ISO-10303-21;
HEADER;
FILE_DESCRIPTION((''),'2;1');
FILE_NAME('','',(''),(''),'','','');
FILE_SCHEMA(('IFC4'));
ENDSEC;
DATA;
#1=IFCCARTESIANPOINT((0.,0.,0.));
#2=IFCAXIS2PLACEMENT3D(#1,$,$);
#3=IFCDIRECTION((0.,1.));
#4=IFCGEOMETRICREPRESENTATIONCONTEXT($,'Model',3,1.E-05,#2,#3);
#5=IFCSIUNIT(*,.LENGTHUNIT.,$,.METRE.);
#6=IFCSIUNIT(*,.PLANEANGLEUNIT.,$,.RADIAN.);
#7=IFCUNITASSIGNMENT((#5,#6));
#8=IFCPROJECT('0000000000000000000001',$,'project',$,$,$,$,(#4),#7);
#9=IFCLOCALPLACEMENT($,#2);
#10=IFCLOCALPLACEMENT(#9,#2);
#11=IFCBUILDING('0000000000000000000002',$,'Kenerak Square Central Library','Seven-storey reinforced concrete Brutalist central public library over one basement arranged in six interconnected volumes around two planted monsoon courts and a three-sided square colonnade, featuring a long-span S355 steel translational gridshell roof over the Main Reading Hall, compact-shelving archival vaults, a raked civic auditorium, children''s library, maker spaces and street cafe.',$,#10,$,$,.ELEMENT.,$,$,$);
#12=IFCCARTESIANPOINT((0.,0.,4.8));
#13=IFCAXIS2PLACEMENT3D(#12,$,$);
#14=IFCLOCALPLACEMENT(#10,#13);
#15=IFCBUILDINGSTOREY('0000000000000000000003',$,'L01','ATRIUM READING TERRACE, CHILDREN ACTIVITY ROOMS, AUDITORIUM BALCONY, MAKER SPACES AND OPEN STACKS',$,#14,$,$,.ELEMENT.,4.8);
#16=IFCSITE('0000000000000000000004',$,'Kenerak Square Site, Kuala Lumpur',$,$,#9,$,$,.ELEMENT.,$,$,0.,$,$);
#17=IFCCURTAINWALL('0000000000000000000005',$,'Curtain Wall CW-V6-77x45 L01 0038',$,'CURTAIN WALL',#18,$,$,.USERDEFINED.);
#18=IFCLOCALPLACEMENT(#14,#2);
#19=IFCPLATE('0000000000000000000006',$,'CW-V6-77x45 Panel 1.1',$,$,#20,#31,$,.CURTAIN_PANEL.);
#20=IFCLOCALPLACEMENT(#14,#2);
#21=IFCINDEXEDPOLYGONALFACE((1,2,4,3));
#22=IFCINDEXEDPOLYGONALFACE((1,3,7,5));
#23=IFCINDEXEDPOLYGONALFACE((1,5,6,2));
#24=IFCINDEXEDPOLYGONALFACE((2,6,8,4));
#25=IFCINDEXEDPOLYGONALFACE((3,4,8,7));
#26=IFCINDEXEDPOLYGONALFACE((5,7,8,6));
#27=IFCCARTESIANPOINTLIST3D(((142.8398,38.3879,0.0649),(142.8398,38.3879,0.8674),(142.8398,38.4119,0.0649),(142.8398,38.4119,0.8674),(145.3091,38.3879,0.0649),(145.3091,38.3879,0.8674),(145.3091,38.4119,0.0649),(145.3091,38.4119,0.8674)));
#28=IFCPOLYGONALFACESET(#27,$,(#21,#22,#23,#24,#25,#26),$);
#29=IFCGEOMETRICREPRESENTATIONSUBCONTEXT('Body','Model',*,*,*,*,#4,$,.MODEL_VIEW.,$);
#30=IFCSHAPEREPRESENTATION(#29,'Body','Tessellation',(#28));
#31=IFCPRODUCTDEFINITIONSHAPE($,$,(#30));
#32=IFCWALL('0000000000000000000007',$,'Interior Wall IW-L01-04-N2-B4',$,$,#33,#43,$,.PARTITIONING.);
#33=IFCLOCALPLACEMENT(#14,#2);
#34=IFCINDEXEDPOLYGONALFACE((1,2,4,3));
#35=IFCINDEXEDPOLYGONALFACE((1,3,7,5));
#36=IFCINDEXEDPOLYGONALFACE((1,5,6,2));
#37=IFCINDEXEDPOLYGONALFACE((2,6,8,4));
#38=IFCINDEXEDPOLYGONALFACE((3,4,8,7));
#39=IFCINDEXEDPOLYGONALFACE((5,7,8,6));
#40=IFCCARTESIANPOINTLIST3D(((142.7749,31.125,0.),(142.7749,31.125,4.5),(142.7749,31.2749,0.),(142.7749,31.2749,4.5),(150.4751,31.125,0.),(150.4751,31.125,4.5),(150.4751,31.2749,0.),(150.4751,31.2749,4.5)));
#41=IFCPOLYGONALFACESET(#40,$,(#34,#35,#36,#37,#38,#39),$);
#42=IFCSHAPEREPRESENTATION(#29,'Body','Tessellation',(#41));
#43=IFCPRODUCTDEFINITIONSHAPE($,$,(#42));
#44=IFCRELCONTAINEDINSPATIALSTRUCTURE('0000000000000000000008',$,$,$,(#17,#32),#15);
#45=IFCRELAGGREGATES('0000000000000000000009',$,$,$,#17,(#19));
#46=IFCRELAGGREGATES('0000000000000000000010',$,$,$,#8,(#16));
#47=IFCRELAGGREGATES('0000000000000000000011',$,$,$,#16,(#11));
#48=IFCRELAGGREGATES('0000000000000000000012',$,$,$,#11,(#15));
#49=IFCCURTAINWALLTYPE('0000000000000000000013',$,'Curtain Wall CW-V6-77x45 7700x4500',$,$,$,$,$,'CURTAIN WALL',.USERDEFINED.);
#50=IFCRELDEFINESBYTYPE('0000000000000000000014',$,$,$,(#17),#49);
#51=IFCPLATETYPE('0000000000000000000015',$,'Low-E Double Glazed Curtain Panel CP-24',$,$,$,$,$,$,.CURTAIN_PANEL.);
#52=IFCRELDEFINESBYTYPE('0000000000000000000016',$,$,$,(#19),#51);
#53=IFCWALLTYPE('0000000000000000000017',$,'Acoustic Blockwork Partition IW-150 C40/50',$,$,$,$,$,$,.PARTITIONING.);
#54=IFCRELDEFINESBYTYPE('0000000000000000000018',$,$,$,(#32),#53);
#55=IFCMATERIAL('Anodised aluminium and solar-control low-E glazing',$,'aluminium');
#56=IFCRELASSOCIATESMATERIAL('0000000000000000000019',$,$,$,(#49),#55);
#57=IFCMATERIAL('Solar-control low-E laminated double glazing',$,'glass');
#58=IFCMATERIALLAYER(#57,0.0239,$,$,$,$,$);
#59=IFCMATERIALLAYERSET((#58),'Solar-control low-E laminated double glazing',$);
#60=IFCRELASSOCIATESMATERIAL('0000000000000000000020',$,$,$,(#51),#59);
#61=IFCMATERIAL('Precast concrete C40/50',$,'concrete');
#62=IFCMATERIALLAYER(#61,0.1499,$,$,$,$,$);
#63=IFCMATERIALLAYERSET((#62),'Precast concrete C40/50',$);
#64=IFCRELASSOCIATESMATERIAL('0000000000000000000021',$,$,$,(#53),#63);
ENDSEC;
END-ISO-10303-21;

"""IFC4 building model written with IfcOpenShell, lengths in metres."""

from ifc_helpers import new_model, si_unit, direction, frame, frame_2d, origin, origin_2d, place, context, subcontext, project, spatial, rectangle, extrude, material, layer, layer_set, type_object, element, aggregate, save


model = new_model("IFC4")

# Units and contexts
model_context = context("Model", 3, precision=1e-05, world=origin(), true_north=direction((0.0, 1.0)))
body_context = subcontext(model_context, "Body", "Model", "MODEL_VIEW")
ifc_project = project(units=[si_unit("LENGTHUNIT", "METRE"), si_unit("PLANEANGLEUNIT", "RADIAN")], contexts=[model_context])

# Site, building, storey
site_placement = place(None, origin())
site = spatial("IfcSite", under=ifc_project, at=site_placement, Name="Kenerak Square Site, Kuala Lumpur", CompositionType="ELEMENT", RefElevation=0.0)
building_placement = place(site_placement, origin())
building = spatial("IfcBuilding", under=site, at=building_placement, Name="Kenerak Square Central Library", Description="Seven-storey reinforced concrete Brutalist central public library over one basement arranged in six interconnected volumes around two planted monsoon courts and a three-sided square colonnade, featuring a long-span S355 steel translational gridshell roof over the Main Reading Hall, compact-shelving archival vaults, a raked civic auditorium, children's library, maker spaces and street cafe.", CompositionType="ELEMENT")
storey_placement = place(building_placement, frame((0.0, 0.0, 4.8)))
storey = spatial("IfcBuildingStorey", under=building, at=storey_placement, Name="L01", Description="ATRIUM READING TERRACE, CHILDREN ACTIVITY ROOMS, AUDITORIUM BALCONY, MAKER SPACES AND OPEN STACKS", CompositionType="ELEMENT", Elevation=4.8)

# Shared definitions
ifc_material_1 = material(Name="Anodised aluminium and solar-control low-E glazing", Category="aluminium")

# Curtain wall
curtain_wall_type_1 = type_object("IfcCurtainWallType", Name="Curtain Wall CW-V6-77x45 7700x4500", ElementType="CURTAIN WALL", PredefinedType="USERDEFINED", material=ifc_material_1)
curtain_wall_1_placement = place(storey_placement, origin())
curtain_wall_1 = element("IfcCurtainWall", 1, at=curtain_wall_1_placement, inside=storey, type_object=curtain_wall_type_1, Name="Curtain Wall CW-V6-77x45 L01 0038", ObjectType="CURTAIN WALL", PredefinedType="USERDEFINED")

# Plate
ifc_material_2 = material(Name="Solar-control low-E laminated double glazing", Category="glass")
ifc_layer_1 = layer(ifc_material_2, 0.0239)
ifc_layer_set_1 = layer_set([ifc_layer_1], Name="Solar-control low-E laminated double glazing")
plate_type = type_object("IfcPlateType", Name="Low-E Double Glazed Curtain Panel CP-24", PredefinedType="CURTAIN_PANEL", material=ifc_layer_set_1)
plate_1_placement = place(storey_placement, frame((144.0745, 38.3999, 0.0649), z_axis=(0.0, 0.0, 1.0), x_axis=(1.0, 0.0, 0.0)))
plate_1 = element("IfcPlate", 2, at=plate_1_placement, type_object=plate_type, Name="CW-V6-77x45 Panel 1.1", PredefinedType="CURTAIN_PANEL", context=body_context, shape_type="SweptSolid", body=[
    extrude(rectangle(XDim=2.4692, YDim=0.0239, at=origin_2d()), origin(), (0.0, 0.0, 1.0), 0.8025),
])
aggregate(curtain_wall_1, [plate_1])

# Wall
ifc_material_3 = material(Name="Precast concrete C40/50", Category="concrete")
ifc_layer_2 = layer(ifc_material_3, 0.1499)
ifc_layer_set_2 = layer_set([ifc_layer_2], Name="Precast concrete C40/50")
wall_type = type_object("IfcWallType", Name="Acoustic Blockwork Partition IW-150 C40/50", PredefinedType="PARTITIONING", material=ifc_layer_set_2)
wall_placement = place(storey_placement, frame((142.7749, 31.2, 0.0), z_axis=(0.0, 0.0, 1.0), x_axis=(1.0, 0.0, 0.0)))
element("IfcWall", 3, at=wall_placement, inside=storey, type_object=wall_type, Name="Interior Wall IW-L01-04-N2-B4", PredefinedType="PARTITIONING", context=body_context, shape_type="SweptSolid", body=[
    extrude(rectangle(XDim=7.7002, YDim=0.1499, at=frame_2d((3.8501, 0.0))), origin(), (0.0, 0.0, 1.0), 4.5),
])

save(model, "model.ifc")
